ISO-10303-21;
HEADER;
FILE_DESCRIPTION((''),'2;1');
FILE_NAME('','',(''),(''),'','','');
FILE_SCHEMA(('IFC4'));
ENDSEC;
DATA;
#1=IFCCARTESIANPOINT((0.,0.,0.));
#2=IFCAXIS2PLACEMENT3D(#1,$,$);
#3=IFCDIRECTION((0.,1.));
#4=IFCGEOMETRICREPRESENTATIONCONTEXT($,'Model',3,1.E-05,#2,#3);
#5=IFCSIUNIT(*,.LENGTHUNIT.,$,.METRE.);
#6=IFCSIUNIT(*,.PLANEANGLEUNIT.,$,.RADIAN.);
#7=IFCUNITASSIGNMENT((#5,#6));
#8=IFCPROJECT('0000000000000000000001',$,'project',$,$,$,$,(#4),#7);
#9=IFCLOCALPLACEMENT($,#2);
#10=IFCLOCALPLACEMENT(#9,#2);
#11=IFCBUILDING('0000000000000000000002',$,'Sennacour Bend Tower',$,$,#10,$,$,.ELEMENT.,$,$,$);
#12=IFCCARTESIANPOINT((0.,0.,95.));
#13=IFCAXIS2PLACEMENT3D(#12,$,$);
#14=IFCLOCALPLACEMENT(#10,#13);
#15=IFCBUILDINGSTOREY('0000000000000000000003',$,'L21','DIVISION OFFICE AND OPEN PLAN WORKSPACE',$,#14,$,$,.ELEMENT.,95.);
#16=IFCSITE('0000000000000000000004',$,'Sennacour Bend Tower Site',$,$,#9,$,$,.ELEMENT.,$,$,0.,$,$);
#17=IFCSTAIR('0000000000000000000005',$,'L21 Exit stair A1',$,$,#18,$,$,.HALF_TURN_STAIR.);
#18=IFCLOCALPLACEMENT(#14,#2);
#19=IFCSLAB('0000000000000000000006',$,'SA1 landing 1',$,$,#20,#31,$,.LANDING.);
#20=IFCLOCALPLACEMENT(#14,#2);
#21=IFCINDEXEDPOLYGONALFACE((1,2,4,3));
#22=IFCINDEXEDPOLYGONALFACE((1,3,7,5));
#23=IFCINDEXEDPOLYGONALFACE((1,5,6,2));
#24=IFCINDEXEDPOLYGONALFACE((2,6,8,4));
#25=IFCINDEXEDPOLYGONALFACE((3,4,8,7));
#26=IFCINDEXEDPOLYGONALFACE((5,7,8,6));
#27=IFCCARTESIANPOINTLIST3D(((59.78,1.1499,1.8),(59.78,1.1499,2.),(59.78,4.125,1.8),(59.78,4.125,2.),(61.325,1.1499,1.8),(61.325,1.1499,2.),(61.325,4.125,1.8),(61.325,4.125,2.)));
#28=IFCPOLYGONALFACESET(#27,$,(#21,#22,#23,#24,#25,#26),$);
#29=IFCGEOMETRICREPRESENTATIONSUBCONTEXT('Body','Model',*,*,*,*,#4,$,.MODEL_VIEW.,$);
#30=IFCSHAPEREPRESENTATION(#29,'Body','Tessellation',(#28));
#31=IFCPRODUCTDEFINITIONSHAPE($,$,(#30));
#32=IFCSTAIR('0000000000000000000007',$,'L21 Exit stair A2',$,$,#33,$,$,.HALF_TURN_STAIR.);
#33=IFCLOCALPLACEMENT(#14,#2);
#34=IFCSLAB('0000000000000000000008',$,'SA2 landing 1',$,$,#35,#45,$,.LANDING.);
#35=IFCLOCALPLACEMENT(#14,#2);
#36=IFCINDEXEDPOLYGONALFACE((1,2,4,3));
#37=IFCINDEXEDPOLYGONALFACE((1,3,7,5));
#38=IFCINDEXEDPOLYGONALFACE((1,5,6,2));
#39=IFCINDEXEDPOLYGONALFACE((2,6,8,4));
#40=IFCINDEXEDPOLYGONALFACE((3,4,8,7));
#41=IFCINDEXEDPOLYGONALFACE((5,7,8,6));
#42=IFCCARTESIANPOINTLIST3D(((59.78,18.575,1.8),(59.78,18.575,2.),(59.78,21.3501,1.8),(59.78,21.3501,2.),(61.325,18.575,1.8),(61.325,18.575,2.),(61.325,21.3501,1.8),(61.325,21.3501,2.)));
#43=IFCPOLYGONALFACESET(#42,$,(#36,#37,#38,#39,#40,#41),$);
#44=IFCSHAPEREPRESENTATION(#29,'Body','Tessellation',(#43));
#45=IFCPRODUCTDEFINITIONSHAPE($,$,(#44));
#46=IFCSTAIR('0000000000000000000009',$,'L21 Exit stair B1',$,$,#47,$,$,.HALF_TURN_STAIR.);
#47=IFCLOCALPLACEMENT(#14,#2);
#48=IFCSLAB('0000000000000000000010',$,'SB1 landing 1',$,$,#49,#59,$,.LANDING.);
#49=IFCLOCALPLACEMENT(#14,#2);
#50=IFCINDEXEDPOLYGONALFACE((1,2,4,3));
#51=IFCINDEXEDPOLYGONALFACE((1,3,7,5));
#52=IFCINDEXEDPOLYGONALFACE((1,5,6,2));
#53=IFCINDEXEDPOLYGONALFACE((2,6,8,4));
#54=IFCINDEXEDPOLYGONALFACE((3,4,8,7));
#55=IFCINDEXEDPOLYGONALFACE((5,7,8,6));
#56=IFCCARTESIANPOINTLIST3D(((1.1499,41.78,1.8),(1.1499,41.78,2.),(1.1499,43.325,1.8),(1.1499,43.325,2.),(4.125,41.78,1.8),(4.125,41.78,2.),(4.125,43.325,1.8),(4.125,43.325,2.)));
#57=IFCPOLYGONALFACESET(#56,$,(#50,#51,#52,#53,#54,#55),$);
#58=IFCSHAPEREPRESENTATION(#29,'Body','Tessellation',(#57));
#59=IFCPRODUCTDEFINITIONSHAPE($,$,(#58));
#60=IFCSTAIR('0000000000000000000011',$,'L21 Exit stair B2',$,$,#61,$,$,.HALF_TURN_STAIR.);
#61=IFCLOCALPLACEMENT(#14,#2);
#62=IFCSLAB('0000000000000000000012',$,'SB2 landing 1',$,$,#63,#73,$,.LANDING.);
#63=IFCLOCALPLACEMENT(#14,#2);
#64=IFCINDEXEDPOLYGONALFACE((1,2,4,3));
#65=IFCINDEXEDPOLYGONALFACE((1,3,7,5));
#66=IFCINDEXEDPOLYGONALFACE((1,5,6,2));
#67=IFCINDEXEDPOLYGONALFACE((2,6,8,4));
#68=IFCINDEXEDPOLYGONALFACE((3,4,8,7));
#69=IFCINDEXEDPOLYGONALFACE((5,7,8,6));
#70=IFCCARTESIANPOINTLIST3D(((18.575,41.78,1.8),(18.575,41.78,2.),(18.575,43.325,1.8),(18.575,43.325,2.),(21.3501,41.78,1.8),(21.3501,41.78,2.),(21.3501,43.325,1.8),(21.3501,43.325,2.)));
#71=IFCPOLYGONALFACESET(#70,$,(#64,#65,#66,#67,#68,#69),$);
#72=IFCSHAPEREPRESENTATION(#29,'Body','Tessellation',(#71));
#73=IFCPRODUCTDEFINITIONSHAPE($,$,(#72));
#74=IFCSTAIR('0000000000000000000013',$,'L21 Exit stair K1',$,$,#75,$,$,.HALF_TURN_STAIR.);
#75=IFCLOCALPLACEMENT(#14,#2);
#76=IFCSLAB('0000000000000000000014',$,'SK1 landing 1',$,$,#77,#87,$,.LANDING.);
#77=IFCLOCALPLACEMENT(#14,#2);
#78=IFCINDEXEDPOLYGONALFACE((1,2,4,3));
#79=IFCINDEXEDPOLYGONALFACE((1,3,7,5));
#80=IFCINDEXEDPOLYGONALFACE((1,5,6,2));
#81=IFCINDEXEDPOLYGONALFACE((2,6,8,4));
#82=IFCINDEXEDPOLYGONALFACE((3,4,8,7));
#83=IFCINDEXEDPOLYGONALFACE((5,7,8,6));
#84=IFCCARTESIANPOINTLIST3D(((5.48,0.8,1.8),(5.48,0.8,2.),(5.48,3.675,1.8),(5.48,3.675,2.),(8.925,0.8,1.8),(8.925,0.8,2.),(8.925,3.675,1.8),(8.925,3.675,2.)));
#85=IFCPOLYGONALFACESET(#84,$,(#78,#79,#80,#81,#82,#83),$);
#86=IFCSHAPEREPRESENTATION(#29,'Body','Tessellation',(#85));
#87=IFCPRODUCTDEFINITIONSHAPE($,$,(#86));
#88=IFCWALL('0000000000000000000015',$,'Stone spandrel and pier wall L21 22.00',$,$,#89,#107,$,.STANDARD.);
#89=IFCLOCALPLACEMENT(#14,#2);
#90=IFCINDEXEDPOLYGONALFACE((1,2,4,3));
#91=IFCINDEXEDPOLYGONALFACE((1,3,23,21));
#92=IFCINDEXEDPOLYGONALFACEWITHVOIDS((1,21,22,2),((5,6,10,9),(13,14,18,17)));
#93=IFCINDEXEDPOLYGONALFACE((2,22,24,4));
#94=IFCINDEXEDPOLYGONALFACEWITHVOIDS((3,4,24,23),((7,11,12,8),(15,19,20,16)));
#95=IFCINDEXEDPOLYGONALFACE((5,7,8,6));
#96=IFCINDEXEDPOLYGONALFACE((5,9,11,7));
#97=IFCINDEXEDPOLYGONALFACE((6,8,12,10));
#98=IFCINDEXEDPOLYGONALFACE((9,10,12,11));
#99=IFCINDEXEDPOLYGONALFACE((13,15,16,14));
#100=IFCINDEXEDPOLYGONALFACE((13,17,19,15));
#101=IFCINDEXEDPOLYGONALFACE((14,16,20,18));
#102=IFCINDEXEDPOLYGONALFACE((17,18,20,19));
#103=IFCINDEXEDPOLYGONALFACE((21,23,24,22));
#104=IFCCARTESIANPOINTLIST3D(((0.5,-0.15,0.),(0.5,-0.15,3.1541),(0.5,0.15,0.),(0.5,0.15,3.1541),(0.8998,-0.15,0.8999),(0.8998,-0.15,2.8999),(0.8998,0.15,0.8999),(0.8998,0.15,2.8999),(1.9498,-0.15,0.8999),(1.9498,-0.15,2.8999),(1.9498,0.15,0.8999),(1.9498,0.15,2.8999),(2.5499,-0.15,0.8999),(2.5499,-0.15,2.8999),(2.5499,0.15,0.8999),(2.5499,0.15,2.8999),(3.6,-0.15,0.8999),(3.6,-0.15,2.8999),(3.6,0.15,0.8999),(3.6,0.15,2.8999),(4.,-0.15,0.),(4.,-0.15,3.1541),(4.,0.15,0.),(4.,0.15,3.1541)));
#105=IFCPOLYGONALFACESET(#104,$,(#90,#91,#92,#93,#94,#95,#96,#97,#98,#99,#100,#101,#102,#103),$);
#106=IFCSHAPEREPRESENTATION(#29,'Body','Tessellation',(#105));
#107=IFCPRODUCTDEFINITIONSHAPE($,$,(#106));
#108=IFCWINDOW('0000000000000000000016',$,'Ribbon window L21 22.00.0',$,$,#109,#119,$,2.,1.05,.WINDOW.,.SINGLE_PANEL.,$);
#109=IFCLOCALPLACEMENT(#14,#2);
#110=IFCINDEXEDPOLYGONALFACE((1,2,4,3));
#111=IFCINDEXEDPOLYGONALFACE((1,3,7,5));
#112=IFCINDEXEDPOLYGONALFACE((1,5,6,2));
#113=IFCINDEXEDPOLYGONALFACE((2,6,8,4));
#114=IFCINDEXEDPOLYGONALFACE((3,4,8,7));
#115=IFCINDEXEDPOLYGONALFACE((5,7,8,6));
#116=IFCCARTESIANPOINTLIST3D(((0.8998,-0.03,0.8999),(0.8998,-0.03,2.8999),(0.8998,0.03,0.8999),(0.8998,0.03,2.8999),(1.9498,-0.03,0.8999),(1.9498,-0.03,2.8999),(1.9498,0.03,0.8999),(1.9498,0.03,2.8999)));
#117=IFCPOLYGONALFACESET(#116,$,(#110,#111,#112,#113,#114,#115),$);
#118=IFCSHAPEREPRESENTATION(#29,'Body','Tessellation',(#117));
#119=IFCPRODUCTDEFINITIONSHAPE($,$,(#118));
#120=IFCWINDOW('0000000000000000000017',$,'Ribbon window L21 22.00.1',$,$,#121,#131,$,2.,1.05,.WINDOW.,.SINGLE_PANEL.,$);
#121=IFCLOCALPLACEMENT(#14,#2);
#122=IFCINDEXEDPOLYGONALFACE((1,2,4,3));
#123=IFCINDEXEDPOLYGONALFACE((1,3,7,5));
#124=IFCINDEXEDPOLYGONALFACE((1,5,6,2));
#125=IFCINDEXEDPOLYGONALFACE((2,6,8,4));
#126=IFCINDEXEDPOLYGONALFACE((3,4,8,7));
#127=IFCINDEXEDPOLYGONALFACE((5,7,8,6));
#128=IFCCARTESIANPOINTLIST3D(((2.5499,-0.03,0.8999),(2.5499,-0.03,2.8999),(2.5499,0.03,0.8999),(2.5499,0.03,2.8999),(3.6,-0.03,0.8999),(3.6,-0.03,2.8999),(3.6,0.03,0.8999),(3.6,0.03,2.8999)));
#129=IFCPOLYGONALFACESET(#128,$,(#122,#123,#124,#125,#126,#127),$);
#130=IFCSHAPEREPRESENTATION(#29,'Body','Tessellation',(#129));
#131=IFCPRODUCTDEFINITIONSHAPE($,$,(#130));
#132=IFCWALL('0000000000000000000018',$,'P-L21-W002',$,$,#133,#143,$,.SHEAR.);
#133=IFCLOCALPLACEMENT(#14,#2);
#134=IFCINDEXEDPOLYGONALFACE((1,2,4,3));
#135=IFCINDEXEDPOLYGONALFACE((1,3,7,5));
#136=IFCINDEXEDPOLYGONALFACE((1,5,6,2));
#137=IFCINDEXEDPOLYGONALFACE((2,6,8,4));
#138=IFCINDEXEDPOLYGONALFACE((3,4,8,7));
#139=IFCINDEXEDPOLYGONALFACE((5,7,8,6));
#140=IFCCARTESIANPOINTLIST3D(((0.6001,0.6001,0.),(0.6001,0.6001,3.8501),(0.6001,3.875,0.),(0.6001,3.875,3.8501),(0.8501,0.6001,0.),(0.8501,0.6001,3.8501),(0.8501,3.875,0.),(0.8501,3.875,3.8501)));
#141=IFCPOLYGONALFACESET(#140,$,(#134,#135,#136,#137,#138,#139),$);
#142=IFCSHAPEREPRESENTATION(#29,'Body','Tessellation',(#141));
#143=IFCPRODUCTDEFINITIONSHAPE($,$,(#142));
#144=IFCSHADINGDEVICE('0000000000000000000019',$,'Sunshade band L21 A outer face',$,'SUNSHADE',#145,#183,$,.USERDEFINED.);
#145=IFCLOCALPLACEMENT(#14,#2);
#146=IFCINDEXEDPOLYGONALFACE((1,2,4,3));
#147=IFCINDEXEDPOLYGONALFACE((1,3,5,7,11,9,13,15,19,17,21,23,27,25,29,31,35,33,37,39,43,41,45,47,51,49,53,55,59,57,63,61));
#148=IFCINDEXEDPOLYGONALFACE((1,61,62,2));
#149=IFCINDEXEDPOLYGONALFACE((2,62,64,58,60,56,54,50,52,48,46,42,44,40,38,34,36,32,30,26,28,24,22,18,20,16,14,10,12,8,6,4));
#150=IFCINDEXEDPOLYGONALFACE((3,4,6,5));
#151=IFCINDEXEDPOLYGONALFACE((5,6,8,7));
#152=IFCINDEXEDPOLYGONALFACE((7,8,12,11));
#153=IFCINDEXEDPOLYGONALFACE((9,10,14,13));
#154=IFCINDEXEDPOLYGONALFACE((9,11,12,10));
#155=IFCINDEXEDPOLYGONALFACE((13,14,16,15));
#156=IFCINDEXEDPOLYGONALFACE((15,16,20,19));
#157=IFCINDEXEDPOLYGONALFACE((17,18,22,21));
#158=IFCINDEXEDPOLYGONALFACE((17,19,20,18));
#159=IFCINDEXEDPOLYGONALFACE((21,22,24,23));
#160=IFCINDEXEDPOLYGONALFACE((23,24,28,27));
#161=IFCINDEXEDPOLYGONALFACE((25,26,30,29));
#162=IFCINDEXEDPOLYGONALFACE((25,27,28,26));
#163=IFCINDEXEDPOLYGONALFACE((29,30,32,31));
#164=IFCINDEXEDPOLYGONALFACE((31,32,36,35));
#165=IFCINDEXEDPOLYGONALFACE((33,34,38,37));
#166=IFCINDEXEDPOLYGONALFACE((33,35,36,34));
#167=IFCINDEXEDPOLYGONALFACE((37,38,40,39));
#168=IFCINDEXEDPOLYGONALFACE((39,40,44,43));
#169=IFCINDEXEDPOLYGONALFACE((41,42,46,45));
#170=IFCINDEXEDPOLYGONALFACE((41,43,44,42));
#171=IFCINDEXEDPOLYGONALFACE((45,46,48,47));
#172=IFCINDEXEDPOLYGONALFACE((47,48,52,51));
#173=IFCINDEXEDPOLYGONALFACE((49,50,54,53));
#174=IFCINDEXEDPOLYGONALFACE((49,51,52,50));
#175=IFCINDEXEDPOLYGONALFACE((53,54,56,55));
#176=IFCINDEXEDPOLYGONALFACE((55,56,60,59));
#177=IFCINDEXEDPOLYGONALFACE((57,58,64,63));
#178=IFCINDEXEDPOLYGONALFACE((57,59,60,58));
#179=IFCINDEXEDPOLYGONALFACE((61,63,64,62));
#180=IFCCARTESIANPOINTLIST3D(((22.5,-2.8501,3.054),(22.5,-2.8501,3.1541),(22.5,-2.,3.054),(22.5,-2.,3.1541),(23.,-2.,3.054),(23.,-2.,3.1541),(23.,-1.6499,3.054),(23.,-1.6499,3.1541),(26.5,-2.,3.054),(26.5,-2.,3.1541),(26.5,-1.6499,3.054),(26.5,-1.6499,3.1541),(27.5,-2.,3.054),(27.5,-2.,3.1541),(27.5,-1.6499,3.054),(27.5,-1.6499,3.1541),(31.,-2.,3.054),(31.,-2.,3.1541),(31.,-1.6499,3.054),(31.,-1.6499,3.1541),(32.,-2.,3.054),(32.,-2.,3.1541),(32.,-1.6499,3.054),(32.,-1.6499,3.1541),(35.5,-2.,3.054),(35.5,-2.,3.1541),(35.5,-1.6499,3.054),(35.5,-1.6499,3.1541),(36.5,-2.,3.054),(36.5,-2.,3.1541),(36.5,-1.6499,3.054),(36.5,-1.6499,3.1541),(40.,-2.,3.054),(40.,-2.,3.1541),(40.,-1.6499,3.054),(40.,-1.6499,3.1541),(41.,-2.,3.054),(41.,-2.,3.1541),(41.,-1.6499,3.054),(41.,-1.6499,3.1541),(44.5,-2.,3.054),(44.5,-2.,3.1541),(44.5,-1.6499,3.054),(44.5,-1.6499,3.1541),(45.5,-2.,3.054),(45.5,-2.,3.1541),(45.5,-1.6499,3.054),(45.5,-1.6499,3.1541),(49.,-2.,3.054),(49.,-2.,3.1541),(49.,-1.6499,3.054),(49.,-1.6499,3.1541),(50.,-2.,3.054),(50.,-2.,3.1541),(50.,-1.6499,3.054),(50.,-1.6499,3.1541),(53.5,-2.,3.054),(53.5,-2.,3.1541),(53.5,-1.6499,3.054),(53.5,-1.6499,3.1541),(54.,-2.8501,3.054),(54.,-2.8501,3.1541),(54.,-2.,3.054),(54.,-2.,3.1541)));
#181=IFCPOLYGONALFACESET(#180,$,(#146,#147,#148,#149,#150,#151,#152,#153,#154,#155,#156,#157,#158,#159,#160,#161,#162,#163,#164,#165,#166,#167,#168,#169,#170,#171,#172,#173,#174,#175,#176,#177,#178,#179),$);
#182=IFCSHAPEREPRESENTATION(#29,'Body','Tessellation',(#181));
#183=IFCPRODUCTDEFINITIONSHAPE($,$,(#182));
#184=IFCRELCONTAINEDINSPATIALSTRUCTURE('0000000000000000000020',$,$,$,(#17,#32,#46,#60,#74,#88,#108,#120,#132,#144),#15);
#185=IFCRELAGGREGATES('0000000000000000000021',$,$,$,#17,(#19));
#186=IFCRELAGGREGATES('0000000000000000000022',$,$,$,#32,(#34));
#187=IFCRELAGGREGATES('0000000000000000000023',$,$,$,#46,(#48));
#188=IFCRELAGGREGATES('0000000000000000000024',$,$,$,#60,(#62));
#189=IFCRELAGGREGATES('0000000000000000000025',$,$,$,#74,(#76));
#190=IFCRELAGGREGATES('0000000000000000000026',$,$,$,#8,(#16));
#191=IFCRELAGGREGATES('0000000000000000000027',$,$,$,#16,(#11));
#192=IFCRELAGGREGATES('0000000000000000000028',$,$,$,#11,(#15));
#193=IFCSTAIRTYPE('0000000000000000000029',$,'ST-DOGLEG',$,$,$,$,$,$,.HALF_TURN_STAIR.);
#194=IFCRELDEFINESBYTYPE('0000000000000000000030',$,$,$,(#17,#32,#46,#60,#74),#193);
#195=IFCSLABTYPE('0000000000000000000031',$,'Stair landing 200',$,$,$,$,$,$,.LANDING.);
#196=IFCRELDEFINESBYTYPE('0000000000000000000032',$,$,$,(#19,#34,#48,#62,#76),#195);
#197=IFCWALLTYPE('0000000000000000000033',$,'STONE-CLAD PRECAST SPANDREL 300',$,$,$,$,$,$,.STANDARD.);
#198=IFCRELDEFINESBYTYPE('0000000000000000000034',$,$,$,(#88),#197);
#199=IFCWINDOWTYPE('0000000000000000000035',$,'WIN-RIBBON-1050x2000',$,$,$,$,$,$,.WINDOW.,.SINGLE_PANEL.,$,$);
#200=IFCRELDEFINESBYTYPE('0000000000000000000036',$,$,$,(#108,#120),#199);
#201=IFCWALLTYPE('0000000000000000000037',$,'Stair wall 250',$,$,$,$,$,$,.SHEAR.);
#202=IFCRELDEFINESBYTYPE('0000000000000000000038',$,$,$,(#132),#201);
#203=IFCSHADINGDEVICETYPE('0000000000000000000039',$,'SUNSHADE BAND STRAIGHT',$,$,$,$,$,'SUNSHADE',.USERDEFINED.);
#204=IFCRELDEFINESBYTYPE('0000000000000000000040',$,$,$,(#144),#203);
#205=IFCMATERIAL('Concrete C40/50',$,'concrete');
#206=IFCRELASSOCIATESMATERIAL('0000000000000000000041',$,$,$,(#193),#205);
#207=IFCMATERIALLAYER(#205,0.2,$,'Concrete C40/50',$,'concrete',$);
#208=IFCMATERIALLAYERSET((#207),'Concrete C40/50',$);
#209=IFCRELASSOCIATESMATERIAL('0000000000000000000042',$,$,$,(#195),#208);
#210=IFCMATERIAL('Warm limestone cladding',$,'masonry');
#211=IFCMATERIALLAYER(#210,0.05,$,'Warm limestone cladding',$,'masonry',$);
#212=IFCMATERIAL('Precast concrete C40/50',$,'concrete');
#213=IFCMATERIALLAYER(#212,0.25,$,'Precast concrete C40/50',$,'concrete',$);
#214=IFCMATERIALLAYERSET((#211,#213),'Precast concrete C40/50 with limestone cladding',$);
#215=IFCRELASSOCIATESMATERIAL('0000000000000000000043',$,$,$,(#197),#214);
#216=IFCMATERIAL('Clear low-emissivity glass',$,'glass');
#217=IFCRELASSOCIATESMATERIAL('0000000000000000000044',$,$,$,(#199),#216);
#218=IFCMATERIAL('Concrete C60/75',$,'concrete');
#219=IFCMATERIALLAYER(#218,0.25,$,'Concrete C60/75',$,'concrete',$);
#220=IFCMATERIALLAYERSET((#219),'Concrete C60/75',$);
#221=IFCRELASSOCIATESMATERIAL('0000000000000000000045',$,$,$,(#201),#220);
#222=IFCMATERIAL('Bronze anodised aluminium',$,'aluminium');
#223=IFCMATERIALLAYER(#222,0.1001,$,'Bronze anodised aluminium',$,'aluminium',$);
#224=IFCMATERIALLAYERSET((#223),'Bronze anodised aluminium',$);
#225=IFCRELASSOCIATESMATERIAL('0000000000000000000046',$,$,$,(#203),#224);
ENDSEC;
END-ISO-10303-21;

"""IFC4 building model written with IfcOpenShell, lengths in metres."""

from ifc_helpers import new_model, si_unit, direction, frame, frame_2d, origin, place, context, subcontext, project, spatial, polyline, rectangle, outline, extrude, material, layer, layer_set, type_object, element, fill, aggregate, save


model = new_model("IFC4")

# Units and contexts
model_context = context("Model", 3, precision=1e-05, world=origin(), true_north=direction((0.0, 1.0)))
body_context = subcontext(model_context, "Body", "Model", "MODEL_VIEW")
ifc_project = project(units=[si_unit("LENGTHUNIT", "METRE"), si_unit("PLANEANGLEUNIT", "RADIAN")], contexts=[model_context])

# Site, building, storey
site_placement = place(None, origin())
site = spatial("IfcSite", under=ifc_project, at=site_placement, Name="Sennacour Bend Tower Site", CompositionType="ELEMENT", RefElevation=0.0)
building_placement = place(site_placement, origin())
building = spatial("IfcBuilding", under=site, at=building_placement, Name="Sennacour Bend Tower", CompositionType="ELEMENT")
storey_placement = place(building_placement, frame((0.0, 0.0, 95.0)))
storey = spatial("IfcBuildingStorey", under=building, at=storey_placement, Name="L21", Description="DIVISION OFFICE AND OPEN PLAN WORKSPACE", CompositionType="ELEMENT", Elevation=95.0)

# Shared definitions
ifc_material_1 = material(Name="Concrete C40/50", Category="concrete")

# Stairs, slabs
stair_type = type_object("IfcStairType", Name="ST-DOGLEG", PredefinedType="HALF_TURN_STAIR", material=ifc_material_1)
stair_1_placement = place(storey_placement, origin())
stair_1 = element("IfcStair", 1, at=stair_1_placement, inside=storey, type_object=stair_type, Name="L21 Exit stair A1", PredefinedType="HALF_TURN_STAIR")
ifc_layer_1 = layer(ifc_material_1, 0.2, Name="Concrete C40/50", Category="concrete")
ifc_layer_set_1 = layer_set([ifc_layer_1], Name="Concrete C40/50")
slab_type_1 = type_object("IfcSlabType", Name="Stair landing 200", PredefinedType="LANDING", material=ifc_layer_set_1)
slab_1_placement = place(storey_placement, frame((0.0, 0.0, 1.8)))
slab_1 = element("IfcSlab", 2, at=slab_1_placement, type_object=slab_type_1, Name="SA1 landing 1", PredefinedType="LANDING", context=body_context, shape_type="SweptSolid", body=[
    extrude(outline(polyline([(59.78, 1.1499), (61.325, 1.1499), (61.325, 4.125), (59.78, 4.125), (59.78, 1.1499)])), origin(), (0.0, 0.0, 1.0), 0.2),
])
aggregate(stair_1, [slab_1])
stair_2_placement = place(storey_placement, origin())
stair_2 = element("IfcStair", 3, at=stair_2_placement, inside=storey, type_object=stair_type, Name="L21 Exit stair A2", PredefinedType="HALF_TURN_STAIR")
slab_2_placement = place(storey_placement, frame((0.0, 0.0, 1.8)))
slab_2 = element("IfcSlab", 4, at=slab_2_placement, type_object=slab_type_1, Name="SA2 landing 1", PredefinedType="LANDING", context=body_context, shape_type="SweptSolid", body=[
    extrude(outline(polyline([(59.78, 18.575), (61.325, 18.575), (61.325, 21.3501), (59.78, 21.3501), (59.78, 18.575)])), origin(), (0.0, 0.0, 1.0), 0.2),
])
aggregate(stair_2, [slab_2])
stair_3_placement = place(storey_placement, origin())
stair_3 = element("IfcStair", 5, at=stair_3_placement, inside=storey, type_object=stair_type, Name="L21 Exit stair B1", PredefinedType="HALF_TURN_STAIR")
slab_3_placement = place(storey_placement, frame((0.0, 0.0, 1.8)))
slab_3 = element("IfcSlab", 6, at=slab_3_placement, type_object=slab_type_1, Name="SB1 landing 1", PredefinedType="LANDING", context=body_context, shape_type="SweptSolid", body=[
    extrude(outline(polyline([(1.1499, 41.78), (4.125, 41.78), (4.125, 43.325), (1.1499, 43.325), (1.1499, 41.78)])), origin(), (0.0, 0.0, 1.0), 0.2),
])
aggregate(stair_3, [slab_3])
stair_4_placement = place(storey_placement, origin())
stair_4 = element("IfcStair", 7, at=stair_4_placement, inside=storey, type_object=stair_type, Name="L21 Exit stair B2", PredefinedType="HALF_TURN_STAIR")
slab_4_placement = place(storey_placement, frame((0.0, 0.0, 1.8)))
slab_4 = element("IfcSlab", 8, at=slab_4_placement, type_object=slab_type_1, Name="SB2 landing 1", PredefinedType="LANDING", context=body_context, shape_type="SweptSolid", body=[
    extrude(outline(polyline([(18.575, 41.78), (21.3501, 41.78), (21.3501, 43.325), (18.575, 43.325), (18.575, 41.78)])), origin(), (0.0, 0.0, 1.0), 0.2),
])
aggregate(stair_4, [slab_4])
stair_5_placement = place(storey_placement, origin())
stair_5 = element("IfcStair", 9, at=stair_5_placement, inside=storey, type_object=stair_type, Name="L21 Exit stair K1", PredefinedType="HALF_TURN_STAIR")
slab_5_placement = place(storey_placement, frame((0.0, 0.0, 1.8)))
slab_5 = element("IfcSlab", 10, at=slab_5_placement, type_object=slab_type_1, Name="SK1 landing 1", PredefinedType="LANDING", context=body_context, shape_type="SweptSolid", body=[
    extrude(outline(polyline([(5.48, 0.8), (8.925, 0.8), (8.925, 3.675), (5.48, 3.675), (5.48, 0.8)])), origin(), (0.0, 0.0, 1.0), 0.2),
])
aggregate(stair_5, [slab_5])

# Wall, openings, windows
ifc_material_2 = material(Name="Warm limestone cladding", Category="masonry")
ifc_layer_2 = layer(ifc_material_2, 0.05, Name="Warm limestone cladding", Category="masonry")
ifc_material_3 = material(Name="Precast concrete C40/50", Category="concrete")
ifc_layer_3 = layer(ifc_material_3, 0.25, Name="Precast concrete C40/50", Category="concrete")
ifc_layer_set_2 = layer_set([ifc_layer_2, ifc_layer_3], Name="Precast concrete C40/50 with limestone cladding")
wall_type_1 = type_object("IfcWallType", Name="STONE-CLAD PRECAST SPANDREL 300", PredefinedType="STANDARD", material=ifc_layer_set_2)
wall_1_placement = place(storey_placement, frame((0.5, 0.0, 0.0), z_axis=(0.0, 0.0, 1.0), x_axis=(1.0, 0.0, 0.0)))
wall_1 = element("IfcWall", 11, at=wall_1_placement, inside=storey, type_object=wall_type_1, Name="Stone spandrel and pier wall L21 22.00", PredefinedType="STANDARD", context=body_context, shape_type="SweptSolid", body=[
    extrude(rectangle(XDim=3.5, YDim=0.3, at=frame_2d((1.75, 0.0))), origin(), (0.0, 0.0, 1.0), 3.1541),
])
opening_1_placement = place(wall_1_placement, frame((0.3999, 0.0, 0.8999)))
opening_1 = element("IfcOpeningElement", 12, at=opening_1_placement, cuts=wall_1, PredefinedType="OPENING", context=body_context, shape_type="SweptSolid", body=[
    extrude(rectangle(XDim=1.05, YDim=2.0, at=frame_2d((0.5249, 1.0))), frame((0.0, 0.1602, 0.0), z_axis=(0.0, -1.0, 0.0), x_axis=(1.0, 0.0, 0.0)), (0.0, 0.0, 1.0), 0.3201),
])
opening_2_placement = place(wall_1_placement, frame((2.05, 0.0, 0.8999)))
opening_2 = element("IfcOpeningElement", 13, at=opening_2_placement, cuts=wall_1, PredefinedType="OPENING", context=body_context, shape_type="SweptSolid", body=[
    extrude(rectangle(XDim=1.05, YDim=2.0, at=frame_2d((0.5249, 1.0))), frame((0.0, 0.1602, 0.0), z_axis=(0.0, -1.0, 0.0), x_axis=(1.0, 0.0, 0.0)), (0.0, 0.0, 1.0), 0.3201),
])
ifc_material_4 = material(Name="Clear low-emissivity glass", Category="glass")
window_type = type_object("IfcWindowType", Name="WIN-RIBBON-1050x2000", PartitioningType="SINGLE_PANEL", PredefinedType="WINDOW", material=ifc_material_4)
window_1_placement = place(opening_1_placement, origin())
window_1 = element("IfcWindow", 14, at=window_1_placement, inside=storey, type_object=window_type, Name="Ribbon window L21 22.00.0", OverallHeight=2.0, OverallWidth=1.05, PartitioningType="SINGLE_PANEL", PredefinedType="WINDOW", context=body_context, shape_type="SweptSolid", body=[
    extrude(rectangle(XDim=1.05, YDim=2.0, at=frame_2d((0.5249, 1.0))), frame((0.0, 0.03, 0.0), z_axis=(0.0, -1.0, 0.0), x_axis=(1.0, 0.0, 0.0)), (0.0, 0.0, 1.0), 0.0601),
])
fill(opening_1, window_1)
window_2_placement = place(opening_2_placement, origin())
window_2 = element("IfcWindow", 15, at=window_2_placement, inside=storey, type_object=window_type, Name="Ribbon window L21 22.00.1", OverallHeight=2.0, OverallWidth=1.05, PartitioningType="SINGLE_PANEL", PredefinedType="WINDOW", context=body_context, shape_type="SweptSolid", body=[
    extrude(rectangle(XDim=1.05, YDim=2.0, at=frame_2d((0.5249, 1.0))), frame((0.0, 0.03, 0.0), z_axis=(0.0, -1.0, 0.0), x_axis=(1.0, 0.0, 0.0)), (0.0, 0.0, 1.0), 0.0601),
])
fill(opening_2, window_2)

# Wall
ifc_material_5 = material(Name="Concrete C60/75", Category="concrete")
ifc_layer_4 = layer(ifc_material_5, 0.25, Name="Concrete C60/75", Category="concrete")
ifc_layer_set_3 = layer_set([ifc_layer_4], Name="Concrete C60/75")
wall_type_2 = type_object("IfcWallType", Name="Stair wall 250", PredefinedType="SHEAR", material=ifc_layer_set_3)
wall_2_placement = place(storey_placement, frame((0.7251, 0.6001, 0.0), z_axis=(0.0, 0.0, 1.0), x_axis=(0.0, 1.0, 0.0)))
element("IfcWall", 16, at=wall_2_placement, inside=storey, type_object=wall_type_2, Name="P-L21-W002", PredefinedType="SHEAR", context=body_context, shape_type="SweptSolid", body=[
    extrude(rectangle(XDim=3.2749, YDim=0.25, at=frame_2d((1.6375, 0.0))), origin(), (0.0, 0.0, 1.0), 3.8501),
])

# Shading device
ifc_material_6 = material(Name="Bronze anodised aluminium", Category="aluminium")
ifc_layer_5 = layer(ifc_material_6, 0.1001, Name="Bronze anodised aluminium", Category="aluminium")
ifc_layer_set_4 = layer_set([ifc_layer_5], Name="Bronze anodised aluminium")
shading_device_type_1 = type_object("IfcShadingDeviceType", Name="SUNSHADE BAND STRAIGHT", ElementType="SUNSHADE", PredefinedType="USERDEFINED", material=ifc_layer_set_4)
shading_device_1_placement = place(storey_placement, frame((0.0, 0.0, 3.054)))
element("IfcShadingDevice", 17, at=shading_device_1_placement, inside=storey, type_object=shading_device_type_1, Name="Sunshade band L21 A outer face", ObjectType="SUNSHADE", PredefinedType="USERDEFINED", context=body_context, shape_type="SweptSolid", body=[
    extrude(outline(polyline([(26.5, -1.6499), (26.5, -2.0), (27.5, -2.0), (27.5, -1.6499), (31.0, -1.6499), (31.0, -2.0), (32.0, -2.0), (32.0, -1.6499), (35.5, -1.6499), (35.5, -2.0), (36.5, -2.0), (36.5, -1.6499), (40.0, -1.6499), (40.0, -2.0), (41.0, -2.0), (41.0, -1.6499), (44.5, -1.6499), (44.5, -2.0), (45.5, -2.0), (45.5, -1.6499), (49.0, -1.6499), (49.0, -2.0), (50.0, -2.0), (50.0, -1.6499), (53.5, -1.6499), (53.5, -2.0), (54.0, -2.0), (54.0, -2.8501), (22.5, -2.8501), (22.5, -2.0), (23.0, -2.0), (23.0, -1.6499), (26.5, -1.6499)])), origin(), (0.0, 0.0, 1.0), 0.1001),
])

save(model, "model.ifc")
